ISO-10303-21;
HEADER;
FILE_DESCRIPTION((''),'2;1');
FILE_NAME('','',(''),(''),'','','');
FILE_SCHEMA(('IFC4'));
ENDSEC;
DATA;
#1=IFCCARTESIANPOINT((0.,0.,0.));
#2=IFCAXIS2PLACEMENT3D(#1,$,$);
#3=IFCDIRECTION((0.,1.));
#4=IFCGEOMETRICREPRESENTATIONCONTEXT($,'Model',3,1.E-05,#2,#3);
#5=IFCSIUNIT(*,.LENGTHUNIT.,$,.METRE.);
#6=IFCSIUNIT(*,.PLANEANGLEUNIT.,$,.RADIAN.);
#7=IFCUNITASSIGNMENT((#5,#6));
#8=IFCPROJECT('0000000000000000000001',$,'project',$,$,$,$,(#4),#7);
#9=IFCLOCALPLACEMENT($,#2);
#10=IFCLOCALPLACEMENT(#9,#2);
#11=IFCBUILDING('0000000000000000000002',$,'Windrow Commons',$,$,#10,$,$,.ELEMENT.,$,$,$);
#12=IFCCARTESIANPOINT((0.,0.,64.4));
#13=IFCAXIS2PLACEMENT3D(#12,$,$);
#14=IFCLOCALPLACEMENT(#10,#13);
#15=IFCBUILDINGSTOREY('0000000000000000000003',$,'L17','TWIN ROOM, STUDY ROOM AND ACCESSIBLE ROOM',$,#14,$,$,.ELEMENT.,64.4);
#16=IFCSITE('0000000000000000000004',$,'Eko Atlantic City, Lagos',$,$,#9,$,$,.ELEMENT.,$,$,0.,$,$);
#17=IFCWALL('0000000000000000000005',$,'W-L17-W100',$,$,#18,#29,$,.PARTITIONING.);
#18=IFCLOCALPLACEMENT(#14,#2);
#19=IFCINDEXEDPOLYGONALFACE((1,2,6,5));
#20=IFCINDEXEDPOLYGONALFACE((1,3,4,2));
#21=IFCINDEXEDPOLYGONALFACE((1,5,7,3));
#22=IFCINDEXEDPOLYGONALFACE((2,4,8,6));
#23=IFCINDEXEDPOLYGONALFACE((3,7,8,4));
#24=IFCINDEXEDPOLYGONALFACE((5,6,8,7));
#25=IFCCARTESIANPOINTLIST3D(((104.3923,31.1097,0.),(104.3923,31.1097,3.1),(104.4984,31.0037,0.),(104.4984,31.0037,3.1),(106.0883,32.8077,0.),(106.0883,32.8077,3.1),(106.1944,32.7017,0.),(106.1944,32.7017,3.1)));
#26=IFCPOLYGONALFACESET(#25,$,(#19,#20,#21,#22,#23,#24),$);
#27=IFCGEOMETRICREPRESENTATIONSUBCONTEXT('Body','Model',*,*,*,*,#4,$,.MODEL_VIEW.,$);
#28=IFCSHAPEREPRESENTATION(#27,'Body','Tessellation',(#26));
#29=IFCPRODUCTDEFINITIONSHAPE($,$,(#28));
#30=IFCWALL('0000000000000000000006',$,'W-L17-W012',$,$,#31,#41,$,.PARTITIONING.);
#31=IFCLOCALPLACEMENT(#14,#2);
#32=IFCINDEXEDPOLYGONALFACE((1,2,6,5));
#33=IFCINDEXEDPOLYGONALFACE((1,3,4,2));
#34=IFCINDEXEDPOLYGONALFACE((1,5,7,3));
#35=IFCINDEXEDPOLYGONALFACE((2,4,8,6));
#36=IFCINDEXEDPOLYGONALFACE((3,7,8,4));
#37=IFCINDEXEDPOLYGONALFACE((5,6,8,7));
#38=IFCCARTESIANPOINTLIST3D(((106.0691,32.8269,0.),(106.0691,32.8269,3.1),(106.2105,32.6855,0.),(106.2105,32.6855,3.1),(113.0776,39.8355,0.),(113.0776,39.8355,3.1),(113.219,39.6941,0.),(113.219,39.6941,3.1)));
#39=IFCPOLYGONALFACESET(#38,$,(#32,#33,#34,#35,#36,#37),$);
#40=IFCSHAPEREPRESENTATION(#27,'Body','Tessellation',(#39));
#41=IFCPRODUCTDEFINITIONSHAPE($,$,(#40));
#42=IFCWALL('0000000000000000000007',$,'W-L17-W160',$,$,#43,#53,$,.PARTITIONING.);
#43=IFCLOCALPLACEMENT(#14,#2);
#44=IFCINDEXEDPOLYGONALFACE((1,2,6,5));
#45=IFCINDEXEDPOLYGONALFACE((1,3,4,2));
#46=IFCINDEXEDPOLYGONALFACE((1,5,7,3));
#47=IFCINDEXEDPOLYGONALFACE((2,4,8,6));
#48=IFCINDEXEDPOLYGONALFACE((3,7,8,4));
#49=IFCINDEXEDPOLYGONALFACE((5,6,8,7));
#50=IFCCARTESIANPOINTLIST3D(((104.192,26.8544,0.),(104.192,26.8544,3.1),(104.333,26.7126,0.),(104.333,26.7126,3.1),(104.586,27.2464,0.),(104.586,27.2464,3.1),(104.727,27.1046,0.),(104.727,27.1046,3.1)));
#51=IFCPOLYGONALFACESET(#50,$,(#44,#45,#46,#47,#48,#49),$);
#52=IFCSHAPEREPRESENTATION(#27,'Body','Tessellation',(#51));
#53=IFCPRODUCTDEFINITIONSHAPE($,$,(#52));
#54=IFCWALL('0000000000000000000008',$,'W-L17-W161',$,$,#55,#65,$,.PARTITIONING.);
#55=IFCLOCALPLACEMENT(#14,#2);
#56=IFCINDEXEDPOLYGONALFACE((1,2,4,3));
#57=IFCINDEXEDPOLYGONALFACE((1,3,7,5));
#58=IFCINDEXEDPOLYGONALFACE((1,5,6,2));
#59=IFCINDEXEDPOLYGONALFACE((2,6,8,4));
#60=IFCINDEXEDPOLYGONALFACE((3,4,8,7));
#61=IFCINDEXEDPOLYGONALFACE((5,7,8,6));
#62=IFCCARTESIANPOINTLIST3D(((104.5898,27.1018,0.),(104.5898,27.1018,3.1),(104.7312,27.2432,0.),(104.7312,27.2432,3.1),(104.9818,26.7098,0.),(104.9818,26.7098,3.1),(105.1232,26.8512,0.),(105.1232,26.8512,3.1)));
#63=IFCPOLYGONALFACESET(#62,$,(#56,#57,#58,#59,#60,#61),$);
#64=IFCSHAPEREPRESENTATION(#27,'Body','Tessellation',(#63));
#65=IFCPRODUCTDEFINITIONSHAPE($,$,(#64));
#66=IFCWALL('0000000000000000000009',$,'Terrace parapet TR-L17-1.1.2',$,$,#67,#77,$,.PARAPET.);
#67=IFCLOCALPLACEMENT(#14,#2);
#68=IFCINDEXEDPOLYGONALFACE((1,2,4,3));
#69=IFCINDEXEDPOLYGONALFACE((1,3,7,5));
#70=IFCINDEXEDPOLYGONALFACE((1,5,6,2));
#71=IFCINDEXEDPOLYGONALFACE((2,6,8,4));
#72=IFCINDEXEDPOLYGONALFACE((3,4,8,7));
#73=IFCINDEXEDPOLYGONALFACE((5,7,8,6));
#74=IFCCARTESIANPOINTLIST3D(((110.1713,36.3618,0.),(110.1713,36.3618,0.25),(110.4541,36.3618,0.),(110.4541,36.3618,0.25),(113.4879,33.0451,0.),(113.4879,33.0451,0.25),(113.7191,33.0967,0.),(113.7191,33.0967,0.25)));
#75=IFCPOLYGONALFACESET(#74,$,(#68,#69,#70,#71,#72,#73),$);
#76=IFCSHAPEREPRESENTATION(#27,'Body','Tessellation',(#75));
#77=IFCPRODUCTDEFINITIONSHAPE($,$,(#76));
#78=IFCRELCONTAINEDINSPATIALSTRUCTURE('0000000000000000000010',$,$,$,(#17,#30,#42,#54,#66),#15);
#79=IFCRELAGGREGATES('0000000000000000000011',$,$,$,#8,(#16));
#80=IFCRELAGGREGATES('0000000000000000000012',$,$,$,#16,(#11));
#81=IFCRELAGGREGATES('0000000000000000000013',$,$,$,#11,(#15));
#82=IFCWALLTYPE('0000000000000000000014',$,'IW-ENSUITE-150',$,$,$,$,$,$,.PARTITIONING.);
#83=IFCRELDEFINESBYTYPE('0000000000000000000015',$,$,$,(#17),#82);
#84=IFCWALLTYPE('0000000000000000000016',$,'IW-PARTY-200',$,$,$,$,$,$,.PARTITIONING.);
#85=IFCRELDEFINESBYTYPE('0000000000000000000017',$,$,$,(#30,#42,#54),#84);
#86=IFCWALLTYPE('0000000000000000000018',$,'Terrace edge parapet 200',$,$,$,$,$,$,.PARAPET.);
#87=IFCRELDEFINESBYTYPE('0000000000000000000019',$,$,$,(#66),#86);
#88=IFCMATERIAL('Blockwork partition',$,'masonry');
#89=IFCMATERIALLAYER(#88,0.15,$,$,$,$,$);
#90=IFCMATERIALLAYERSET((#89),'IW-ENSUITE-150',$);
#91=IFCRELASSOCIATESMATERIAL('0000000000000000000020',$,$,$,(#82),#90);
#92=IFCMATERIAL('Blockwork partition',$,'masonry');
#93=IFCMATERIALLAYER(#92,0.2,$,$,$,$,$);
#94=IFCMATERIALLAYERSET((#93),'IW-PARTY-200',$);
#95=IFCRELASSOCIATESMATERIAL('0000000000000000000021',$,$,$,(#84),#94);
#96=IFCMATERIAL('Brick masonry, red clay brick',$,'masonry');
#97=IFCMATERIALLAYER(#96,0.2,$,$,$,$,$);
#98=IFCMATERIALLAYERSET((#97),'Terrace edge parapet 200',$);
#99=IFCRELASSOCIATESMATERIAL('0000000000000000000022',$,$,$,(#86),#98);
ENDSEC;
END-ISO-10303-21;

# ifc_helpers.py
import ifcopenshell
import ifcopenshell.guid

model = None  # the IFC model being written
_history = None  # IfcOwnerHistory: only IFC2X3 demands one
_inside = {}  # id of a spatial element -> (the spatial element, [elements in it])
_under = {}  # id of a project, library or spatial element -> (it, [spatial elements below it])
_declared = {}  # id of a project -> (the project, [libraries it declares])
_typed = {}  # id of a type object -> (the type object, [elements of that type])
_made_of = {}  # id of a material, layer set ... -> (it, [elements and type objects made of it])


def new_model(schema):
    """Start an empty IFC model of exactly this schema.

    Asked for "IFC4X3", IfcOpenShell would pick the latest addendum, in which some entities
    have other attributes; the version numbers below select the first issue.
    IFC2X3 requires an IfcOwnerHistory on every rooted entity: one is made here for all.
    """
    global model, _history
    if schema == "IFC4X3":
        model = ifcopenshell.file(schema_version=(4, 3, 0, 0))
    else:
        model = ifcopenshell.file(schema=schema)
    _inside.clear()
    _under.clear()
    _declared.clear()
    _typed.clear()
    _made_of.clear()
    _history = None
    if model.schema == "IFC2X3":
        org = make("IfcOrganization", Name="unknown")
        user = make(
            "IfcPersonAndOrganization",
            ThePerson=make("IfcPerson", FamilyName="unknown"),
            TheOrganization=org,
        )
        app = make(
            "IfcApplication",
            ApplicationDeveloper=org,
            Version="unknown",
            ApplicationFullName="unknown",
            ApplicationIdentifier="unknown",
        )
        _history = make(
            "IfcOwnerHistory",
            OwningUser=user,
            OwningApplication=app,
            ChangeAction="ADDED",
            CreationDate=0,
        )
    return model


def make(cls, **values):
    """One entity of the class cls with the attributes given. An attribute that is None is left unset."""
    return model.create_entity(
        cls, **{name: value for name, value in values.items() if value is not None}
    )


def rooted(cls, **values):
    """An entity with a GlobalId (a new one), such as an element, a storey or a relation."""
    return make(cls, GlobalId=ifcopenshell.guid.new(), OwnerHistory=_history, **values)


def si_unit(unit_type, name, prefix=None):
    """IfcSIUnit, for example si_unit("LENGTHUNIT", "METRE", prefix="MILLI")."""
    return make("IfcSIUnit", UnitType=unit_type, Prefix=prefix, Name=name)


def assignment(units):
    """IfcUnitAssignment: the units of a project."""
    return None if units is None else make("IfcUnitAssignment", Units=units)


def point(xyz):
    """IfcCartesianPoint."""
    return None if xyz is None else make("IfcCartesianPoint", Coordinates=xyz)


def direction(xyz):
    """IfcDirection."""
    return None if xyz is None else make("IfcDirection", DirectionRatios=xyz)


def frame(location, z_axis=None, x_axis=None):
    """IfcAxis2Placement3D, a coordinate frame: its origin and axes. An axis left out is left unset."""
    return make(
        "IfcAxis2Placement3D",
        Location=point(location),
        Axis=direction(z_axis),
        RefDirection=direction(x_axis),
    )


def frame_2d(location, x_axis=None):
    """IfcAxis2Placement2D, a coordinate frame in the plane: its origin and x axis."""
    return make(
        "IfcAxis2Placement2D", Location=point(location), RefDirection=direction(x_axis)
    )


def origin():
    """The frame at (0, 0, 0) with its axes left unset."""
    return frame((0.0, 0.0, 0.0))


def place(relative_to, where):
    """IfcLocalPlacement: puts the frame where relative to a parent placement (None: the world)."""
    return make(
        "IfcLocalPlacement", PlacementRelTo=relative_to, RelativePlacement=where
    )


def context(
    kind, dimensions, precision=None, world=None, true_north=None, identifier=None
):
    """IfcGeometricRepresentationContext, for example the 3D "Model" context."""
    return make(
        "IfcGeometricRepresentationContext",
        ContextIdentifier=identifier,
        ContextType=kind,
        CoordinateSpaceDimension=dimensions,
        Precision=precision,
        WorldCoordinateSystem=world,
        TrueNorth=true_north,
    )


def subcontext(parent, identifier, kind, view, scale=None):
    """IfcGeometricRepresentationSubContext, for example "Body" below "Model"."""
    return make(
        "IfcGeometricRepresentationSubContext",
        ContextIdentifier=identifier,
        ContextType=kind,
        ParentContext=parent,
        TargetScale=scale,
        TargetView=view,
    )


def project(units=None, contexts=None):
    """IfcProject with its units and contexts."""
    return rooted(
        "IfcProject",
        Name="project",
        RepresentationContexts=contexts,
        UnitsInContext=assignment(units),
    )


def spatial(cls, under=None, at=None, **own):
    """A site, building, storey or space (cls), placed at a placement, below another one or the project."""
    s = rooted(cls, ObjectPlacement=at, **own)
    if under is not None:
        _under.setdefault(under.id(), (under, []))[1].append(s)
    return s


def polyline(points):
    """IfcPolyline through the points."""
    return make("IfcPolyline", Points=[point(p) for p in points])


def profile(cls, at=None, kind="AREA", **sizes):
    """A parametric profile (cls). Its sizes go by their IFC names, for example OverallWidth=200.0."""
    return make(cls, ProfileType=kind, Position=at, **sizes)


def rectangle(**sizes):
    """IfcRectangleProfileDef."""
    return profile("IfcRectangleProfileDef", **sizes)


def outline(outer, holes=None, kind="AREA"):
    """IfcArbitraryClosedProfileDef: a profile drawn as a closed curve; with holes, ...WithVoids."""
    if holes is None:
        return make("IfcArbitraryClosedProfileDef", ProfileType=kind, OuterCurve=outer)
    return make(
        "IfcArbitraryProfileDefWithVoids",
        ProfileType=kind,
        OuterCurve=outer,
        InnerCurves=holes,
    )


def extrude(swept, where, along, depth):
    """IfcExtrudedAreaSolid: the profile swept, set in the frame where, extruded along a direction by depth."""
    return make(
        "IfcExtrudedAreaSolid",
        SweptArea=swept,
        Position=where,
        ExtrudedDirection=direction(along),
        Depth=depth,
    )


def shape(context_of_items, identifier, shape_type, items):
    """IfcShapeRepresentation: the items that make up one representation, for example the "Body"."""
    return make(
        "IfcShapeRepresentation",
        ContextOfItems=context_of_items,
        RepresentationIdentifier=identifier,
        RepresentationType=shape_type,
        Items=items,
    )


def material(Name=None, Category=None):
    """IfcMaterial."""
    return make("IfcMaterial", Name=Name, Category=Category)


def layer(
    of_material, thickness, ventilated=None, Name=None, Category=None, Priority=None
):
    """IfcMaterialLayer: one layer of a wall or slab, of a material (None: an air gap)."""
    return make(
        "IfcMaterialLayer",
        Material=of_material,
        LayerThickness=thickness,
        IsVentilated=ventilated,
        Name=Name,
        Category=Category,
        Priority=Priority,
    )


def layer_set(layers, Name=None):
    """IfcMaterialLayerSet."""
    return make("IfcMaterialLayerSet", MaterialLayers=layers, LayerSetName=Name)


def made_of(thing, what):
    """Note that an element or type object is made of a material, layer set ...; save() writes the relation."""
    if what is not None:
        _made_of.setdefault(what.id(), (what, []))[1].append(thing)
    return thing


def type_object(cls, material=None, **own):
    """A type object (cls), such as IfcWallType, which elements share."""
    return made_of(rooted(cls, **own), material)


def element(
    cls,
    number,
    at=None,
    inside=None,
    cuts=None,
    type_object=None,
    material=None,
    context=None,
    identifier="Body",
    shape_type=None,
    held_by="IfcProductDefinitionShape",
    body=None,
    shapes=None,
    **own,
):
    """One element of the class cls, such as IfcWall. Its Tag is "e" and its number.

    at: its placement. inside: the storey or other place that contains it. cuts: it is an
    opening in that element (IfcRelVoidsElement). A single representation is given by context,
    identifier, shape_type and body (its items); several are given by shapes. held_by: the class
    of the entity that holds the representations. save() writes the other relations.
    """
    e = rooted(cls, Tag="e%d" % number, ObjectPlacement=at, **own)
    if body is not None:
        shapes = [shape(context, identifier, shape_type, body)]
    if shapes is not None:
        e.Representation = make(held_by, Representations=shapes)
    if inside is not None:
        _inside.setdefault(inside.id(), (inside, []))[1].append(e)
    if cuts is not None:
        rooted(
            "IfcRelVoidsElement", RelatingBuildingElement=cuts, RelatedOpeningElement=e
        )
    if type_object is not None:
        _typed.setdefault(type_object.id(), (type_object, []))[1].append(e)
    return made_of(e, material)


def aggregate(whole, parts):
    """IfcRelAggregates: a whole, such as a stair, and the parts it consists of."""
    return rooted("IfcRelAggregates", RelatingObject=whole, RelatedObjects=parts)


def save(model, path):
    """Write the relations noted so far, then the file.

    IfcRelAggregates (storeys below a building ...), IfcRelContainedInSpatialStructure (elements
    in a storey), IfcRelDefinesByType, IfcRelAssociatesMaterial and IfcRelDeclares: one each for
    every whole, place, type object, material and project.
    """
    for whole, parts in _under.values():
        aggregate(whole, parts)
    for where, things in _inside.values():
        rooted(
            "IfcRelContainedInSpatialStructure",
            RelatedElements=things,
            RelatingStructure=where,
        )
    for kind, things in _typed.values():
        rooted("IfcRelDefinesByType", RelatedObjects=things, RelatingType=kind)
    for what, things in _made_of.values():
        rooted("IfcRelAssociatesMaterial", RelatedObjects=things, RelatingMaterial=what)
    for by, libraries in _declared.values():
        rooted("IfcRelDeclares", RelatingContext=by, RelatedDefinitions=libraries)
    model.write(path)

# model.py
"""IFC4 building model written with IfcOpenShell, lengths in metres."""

from ifc_helpers import new_model, si_unit, direction, frame, frame_2d, origin, place, context, subcontext, project, spatial, polyline, rectangle, outline, extrude, material, layer, layer_set, type_object, element, save


model = new_model("IFC4")

# Units and contexts
model_context = context("Model", 3, precision=1e-05, world=origin(), true_north=direction((0.0, 1.0)))
body_context = subcontext(model_context, "Body", "Model", "MODEL_VIEW")
ifc_project = project(units=[si_unit("LENGTHUNIT", "METRE"), si_unit("PLANEANGLEUNIT", "RADIAN")], contexts=[model_context])

# Site, building, storey
site_placement = place(None, origin())
site = spatial("IfcSite", under=ifc_project, at=site_placement, Name="Eko Atlantic City, Lagos", CompositionType="ELEMENT", RefElevation=0.0)
building_placement = place(site_placement, origin())
building = spatial("IfcBuilding", under=site, at=building_placement, Name="Windrow Commons", CompositionType="ELEMENT")
storey_placement = place(building_placement, frame((0.0, 0.0, 64.4)))
storey = spatial("IfcBuildingStorey", under=building, at=storey_placement, Name="L17", Description="TWIN ROOM, STUDY ROOM AND ACCESSIBLE ROOM", CompositionType="ELEMENT", Elevation=64.4)

# Shared definitions
ifc_material_1 = material(Name="Blockwork partition", Category="masonry")
ifc_layer_1 = layer(ifc_material_1, 0.15)
ifc_layer_set_1 = layer_set([ifc_layer_1], Name="IW-ENSUITE-150")
wall_type_1 = type_object("IfcWallType", Name="IW-ENSUITE-150", PredefinedType="PARTITIONING", material=ifc_layer_set_1)

# Walls
wall_1_placement = place(storey_placement, frame((104.4453, 31.0567, 0.0), z_axis=(0.0, 0.0, 1.0), x_axis=(0.70669, 0.707523, 0.0)))
element("IfcWall", 1, at=wall_1_placement, inside=storey, type_object=wall_type_1, Name="W-L17-W100", PredefinedType="PARTITIONING", context=body_context, shape_type="SweptSolid", body=[
    extrude(rectangle(XDim=2.3999, YDim=0.15, at=frame_2d((1.2, 0.0))), origin(), (0.0, 0.0, 1.0), 3.1),
])
ifc_material_2 = material(Name="Blockwork partition", Category="masonry")
ifc_layer_2 = layer(ifc_material_2, 0.2)
ifc_layer_set_2 = layer_set([ifc_layer_2], Name="IW-PARTY-200")
wall_type_2 = type_object("IfcWallType", Name="IW-PARTY-200", PredefinedType="PARTITIONING", material=ifc_layer_set_2)
wall_2_placement = place(storey_placement, frame((106.1398, 32.7562, 0.0), z_axis=(0.0, 0.0, 1.0), x_axis=(0.707102, 0.707112, 0.0)))
element("IfcWall", 2, at=wall_2_placement, inside=storey, type_object=wall_type_2, Name="W-L17-W012", PredefinedType="PARTITIONING", context=body_context, shape_type="SweptSolid", body=[
    extrude(rectangle(XDim=9.9116, YDim=0.2, at=frame_2d((4.9558, 0.0))), origin(), (0.0, 0.0, 1.0), 3.1),
])
wall_3_placement = place(storey_placement, frame((104.2625, 26.7835, 0.0), z_axis=(0.0, 0.0, 1.0), x_axis=(0.708904, 0.705305, 0.0)))
element("IfcWall", 3, at=wall_3_placement, inside=storey, type_object=wall_type_2, Name="W-L17-W160", PredefinedType="PARTITIONING", context=body_context, shape_type="SweptSolid", body=[
    extrude(rectangle(XDim=0.5558, YDim=0.2, at=frame_2d((0.2779, 0.0))), origin(), (0.0, 0.0, 1.0), 3.1),
])
wall_4_placement = place(storey_placement, frame((104.6605, 27.1725, 0.0), z_axis=(0.0, 0.0, 1.0), x_axis=(0.707107, -0.707107, 0.0)))
element("IfcWall", 4, at=wall_4_placement, inside=storey, type_object=wall_type_2, Name="W-L17-W161", PredefinedType="PARTITIONING", context=body_context, shape_type="SweptSolid", body=[
    extrude(rectangle(XDim=0.5544, YDim=0.2, at=frame_2d((0.2772, 0.0))), origin(), (0.0, 0.0, 1.0), 3.1),
])
ifc_material_3 = material(Name="Brick masonry, red clay brick", Category="masonry")
ifc_layer_3 = layer(ifc_material_3, 0.2)
ifc_layer_set_3 = layer_set([ifc_layer_3], Name="Terrace edge parapet 200")
wall_type_3 = type_object("IfcWallType", Name="Terrace edge parapet 200", PredefinedType="PARAPET", material=ifc_layer_set_3)
wall_5_placement = place(storey_placement, frame((110.3127, 36.3618, 0.0), z_axis=(0.0, 0.0, 1.0), x_axis=(0.707096, -0.707118, 0.0)))
element("IfcWall", 5, at=wall_5_placement, inside=storey, type_object=wall_type_3, Name="Terrace parapet TR-L17-1.1.2", PredefinedType="PARAPET", context=body_context, shape_type="SweptSolid", body=[
    extrude(outline(polyline([(-0.1, -0.1), (4.5905, -0.1), (4.7175, 0.1), (0.1, 0.1), (-0.1, -0.1)])), origin(), (0.0, 0.0, 1.0), 0.25),
])

save(model, "model.ifc")
